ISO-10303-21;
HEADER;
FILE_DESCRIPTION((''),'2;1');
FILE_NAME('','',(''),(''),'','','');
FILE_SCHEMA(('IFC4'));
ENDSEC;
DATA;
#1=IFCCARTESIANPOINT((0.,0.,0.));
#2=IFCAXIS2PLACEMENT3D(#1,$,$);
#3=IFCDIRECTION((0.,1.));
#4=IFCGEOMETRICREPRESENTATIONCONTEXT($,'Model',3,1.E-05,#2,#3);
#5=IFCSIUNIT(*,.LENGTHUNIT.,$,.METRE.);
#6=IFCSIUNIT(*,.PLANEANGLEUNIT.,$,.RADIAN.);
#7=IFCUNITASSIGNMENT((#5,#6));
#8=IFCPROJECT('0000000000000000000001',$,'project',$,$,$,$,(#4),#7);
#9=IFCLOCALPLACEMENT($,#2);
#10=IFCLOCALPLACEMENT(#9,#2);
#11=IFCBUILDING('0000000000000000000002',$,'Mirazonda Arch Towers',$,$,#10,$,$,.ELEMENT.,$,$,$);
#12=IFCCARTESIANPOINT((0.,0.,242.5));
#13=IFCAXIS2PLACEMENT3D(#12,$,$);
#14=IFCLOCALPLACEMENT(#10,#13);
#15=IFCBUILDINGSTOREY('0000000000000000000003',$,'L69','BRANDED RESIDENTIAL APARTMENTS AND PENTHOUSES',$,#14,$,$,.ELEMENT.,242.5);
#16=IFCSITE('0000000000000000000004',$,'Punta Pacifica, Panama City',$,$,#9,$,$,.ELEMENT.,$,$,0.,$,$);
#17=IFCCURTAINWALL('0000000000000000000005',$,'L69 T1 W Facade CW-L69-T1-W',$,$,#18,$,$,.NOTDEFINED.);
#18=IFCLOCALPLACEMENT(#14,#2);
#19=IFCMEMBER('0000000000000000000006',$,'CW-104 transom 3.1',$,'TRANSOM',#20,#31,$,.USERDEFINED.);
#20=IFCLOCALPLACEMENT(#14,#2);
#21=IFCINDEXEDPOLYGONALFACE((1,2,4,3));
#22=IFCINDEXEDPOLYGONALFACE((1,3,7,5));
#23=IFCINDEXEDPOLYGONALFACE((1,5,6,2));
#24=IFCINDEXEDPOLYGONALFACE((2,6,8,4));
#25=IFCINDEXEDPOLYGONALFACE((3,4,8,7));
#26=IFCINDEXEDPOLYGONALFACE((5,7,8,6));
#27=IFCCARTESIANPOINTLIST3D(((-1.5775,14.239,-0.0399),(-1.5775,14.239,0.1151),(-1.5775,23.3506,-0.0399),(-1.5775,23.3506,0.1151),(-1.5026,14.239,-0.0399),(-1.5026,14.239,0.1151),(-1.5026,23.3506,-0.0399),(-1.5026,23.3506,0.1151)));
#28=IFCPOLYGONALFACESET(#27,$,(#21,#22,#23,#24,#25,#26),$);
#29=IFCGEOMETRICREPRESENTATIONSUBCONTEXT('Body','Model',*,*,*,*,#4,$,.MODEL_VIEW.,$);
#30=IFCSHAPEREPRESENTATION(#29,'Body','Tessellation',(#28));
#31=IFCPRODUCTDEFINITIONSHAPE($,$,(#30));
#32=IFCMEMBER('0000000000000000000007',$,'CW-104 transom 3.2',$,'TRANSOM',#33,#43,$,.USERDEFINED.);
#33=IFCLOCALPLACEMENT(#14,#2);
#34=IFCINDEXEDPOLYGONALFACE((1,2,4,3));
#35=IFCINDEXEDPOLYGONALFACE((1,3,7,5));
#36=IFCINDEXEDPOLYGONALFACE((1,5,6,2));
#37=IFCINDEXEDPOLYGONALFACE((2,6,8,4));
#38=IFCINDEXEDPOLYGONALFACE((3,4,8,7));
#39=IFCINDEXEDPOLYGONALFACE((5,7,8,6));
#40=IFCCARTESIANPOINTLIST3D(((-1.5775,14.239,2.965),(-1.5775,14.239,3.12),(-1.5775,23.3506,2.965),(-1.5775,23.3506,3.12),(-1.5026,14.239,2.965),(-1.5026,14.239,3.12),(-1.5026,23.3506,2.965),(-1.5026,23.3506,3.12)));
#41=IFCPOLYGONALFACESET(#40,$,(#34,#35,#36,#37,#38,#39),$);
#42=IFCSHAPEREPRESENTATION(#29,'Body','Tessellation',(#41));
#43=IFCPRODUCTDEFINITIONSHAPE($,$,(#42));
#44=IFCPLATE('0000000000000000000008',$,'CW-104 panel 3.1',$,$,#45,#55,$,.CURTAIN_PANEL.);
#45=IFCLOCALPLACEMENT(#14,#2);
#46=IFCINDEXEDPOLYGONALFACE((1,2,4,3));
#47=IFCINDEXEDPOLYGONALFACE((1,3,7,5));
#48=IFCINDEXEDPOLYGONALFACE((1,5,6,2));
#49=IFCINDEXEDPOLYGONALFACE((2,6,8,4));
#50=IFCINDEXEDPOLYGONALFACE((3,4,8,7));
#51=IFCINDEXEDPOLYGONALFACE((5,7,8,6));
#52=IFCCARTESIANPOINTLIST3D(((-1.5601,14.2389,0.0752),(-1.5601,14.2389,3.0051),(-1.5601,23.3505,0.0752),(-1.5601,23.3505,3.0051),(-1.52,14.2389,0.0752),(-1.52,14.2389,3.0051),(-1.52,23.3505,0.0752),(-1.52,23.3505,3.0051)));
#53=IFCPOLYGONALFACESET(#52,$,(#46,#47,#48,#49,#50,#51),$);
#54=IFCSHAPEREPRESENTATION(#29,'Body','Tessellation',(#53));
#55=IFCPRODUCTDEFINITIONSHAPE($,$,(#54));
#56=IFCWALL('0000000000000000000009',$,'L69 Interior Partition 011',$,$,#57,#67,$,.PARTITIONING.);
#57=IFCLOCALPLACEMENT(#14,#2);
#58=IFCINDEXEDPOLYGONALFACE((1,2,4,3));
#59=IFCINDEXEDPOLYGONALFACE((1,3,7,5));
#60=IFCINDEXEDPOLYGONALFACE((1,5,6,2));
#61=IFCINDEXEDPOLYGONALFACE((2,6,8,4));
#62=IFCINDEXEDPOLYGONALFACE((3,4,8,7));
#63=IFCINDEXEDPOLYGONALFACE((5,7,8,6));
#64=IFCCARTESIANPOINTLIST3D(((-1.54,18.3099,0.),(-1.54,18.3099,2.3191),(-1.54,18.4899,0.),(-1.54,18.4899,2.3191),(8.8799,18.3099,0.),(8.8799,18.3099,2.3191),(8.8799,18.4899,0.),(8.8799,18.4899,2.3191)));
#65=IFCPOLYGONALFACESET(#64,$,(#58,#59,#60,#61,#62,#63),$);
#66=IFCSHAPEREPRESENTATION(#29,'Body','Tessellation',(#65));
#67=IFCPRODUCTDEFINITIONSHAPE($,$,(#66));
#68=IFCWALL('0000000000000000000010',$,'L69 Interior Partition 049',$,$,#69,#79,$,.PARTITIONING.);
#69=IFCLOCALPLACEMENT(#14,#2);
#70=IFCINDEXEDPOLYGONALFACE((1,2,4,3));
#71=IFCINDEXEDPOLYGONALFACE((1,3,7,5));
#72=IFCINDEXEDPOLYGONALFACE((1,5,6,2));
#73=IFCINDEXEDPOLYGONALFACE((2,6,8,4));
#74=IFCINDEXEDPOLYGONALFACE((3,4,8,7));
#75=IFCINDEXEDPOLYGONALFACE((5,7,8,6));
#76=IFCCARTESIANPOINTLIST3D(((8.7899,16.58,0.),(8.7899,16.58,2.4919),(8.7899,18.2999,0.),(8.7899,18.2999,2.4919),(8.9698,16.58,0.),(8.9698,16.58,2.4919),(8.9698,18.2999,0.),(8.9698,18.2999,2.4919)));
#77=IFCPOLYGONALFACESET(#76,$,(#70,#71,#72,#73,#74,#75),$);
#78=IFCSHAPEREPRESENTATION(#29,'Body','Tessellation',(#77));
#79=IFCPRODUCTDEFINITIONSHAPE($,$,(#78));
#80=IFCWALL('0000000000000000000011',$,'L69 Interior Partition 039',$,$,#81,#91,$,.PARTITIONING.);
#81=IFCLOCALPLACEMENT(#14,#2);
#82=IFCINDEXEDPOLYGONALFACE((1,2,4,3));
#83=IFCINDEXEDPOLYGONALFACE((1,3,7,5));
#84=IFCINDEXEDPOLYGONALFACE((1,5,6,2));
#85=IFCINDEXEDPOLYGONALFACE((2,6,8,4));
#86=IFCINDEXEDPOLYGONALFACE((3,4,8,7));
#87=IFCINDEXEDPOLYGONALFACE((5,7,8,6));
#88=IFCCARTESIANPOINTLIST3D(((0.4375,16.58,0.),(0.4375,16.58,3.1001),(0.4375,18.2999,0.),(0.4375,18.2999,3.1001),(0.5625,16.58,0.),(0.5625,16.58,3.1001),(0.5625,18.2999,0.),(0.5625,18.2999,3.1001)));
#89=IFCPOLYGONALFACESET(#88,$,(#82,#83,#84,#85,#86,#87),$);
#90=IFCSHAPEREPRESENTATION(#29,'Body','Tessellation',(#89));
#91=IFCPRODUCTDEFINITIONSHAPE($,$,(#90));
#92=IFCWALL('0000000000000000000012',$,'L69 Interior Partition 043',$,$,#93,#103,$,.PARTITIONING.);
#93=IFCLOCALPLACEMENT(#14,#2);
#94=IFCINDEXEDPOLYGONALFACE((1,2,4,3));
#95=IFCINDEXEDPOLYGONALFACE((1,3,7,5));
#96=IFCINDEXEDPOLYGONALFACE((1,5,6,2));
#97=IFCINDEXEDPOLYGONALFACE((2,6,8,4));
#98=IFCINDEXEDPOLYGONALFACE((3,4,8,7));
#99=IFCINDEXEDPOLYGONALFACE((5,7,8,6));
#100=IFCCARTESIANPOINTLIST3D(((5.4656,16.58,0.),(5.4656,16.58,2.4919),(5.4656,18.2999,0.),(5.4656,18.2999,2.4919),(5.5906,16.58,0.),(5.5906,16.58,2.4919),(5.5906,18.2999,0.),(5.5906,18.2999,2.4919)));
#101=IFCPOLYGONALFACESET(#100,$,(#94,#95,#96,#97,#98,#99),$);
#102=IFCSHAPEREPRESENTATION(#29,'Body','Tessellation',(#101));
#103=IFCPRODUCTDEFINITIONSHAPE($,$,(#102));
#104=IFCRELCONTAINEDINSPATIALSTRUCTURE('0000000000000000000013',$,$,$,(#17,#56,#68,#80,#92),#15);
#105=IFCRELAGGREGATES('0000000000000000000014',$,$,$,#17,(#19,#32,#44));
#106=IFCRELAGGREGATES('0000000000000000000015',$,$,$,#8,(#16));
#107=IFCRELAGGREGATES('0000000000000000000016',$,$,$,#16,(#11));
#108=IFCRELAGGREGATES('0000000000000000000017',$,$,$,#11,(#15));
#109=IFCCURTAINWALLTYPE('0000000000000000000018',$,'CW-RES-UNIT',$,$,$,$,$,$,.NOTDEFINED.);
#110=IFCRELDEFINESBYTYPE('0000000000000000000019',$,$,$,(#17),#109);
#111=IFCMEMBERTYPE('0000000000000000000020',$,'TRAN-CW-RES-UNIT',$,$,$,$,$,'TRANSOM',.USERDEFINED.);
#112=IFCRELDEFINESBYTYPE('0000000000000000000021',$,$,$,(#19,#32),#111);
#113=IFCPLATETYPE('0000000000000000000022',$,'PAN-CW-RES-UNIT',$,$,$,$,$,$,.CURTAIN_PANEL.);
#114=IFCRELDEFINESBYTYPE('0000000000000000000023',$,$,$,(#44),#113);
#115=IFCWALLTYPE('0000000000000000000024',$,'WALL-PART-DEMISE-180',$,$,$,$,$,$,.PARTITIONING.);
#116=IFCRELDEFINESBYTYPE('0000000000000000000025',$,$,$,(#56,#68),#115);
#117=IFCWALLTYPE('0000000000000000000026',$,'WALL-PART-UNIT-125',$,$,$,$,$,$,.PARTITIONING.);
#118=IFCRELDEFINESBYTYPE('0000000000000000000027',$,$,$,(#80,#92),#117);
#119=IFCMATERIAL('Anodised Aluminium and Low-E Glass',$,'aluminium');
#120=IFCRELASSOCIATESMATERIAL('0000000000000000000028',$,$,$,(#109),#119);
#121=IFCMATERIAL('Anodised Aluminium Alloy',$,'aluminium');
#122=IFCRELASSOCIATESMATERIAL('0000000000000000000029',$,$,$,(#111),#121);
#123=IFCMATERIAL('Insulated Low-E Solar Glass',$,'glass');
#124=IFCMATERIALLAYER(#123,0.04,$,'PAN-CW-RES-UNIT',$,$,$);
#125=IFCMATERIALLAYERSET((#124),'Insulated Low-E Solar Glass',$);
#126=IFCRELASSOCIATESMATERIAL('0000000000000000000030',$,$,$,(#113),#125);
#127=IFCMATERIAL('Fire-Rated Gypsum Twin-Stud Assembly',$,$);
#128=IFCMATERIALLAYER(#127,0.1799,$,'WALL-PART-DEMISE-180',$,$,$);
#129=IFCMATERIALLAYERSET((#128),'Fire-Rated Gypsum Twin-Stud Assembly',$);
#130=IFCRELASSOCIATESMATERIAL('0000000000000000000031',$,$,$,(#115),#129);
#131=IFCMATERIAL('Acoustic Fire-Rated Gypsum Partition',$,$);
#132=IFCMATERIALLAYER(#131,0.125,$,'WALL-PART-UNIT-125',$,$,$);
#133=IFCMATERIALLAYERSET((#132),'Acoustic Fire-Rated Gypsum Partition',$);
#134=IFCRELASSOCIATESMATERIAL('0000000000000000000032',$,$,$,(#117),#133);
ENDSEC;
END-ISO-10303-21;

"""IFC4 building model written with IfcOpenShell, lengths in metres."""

from ifc_helpers import new_model, si_unit, direction, frame, frame_2d, origin, origin_2d, place, context, subcontext, project, spatial, rectangle, extrude, material, layer, layer_set, material_profile, profile_set, type_object, element, aggregate, save


model = new_model("IFC4")

# Units and contexts
model_context = context("Model", 3, precision=1e-05, world=origin(), true_north=direction((0.0, 1.0)))
body_context = subcontext(model_context, "Body", "Model", "MODEL_VIEW")
ifc_project = project(units=[si_unit("LENGTHUNIT", "METRE"), si_unit("PLANEANGLEUNIT", "RADIAN")], contexts=[model_context])

# Site, building, storey
site_placement = place(None, origin())
site = spatial("IfcSite", under=ifc_project, at=site_placement, Name="Punta Pacifica, Panama City", CompositionType="ELEMENT", RefElevation=0.0)
building_placement = place(site_placement, origin())
building = spatial("IfcBuilding", under=site, at=building_placement, Name="Mirazonda Arch Towers", CompositionType="ELEMENT")
storey_placement = place(building_placement, frame((0.0, 0.0, 242.5)))
storey = spatial("IfcBuildingStorey", under=building, at=storey_placement, Name="L69", Description="BRANDED RESIDENTIAL APARTMENTS AND PENTHOUSES", CompositionType="ELEMENT", Elevation=242.5)

# Curtain wall, members, plate
ifc_material_1 = material(Name="Anodised Aluminium and Low-E Glass", Category="aluminium")
curtain_wall_type = type_object("IfcCurtainWallType", Name="CW-RES-UNIT", PredefinedType="NOTDEFINED", material=ifc_material_1)
curtain_wall_placement = place(storey_placement, origin())
curtain_wall = element("IfcCurtainWall", 1, at=curtain_wall_placement, inside=storey, type_object=curtain_wall_type, Name="L69 T1 W Facade CW-L69-T1-W", PredefinedType="NOTDEFINED")
ifc_material_2 = material(Name="Anodised Aluminium Alloy", Category="aluminium")
ifc_material_profile_1 = material_profile(ifc_material_2, rectangle(XDim=0.075, YDim=0.155, at=origin_2d()), Name="ALU-TRAN-75x155")
ifc_profile_set_1 = profile_set([ifc_material_profile_1], Name="Anodised Aluminium Alloy")
member_type_1 = type_object("IfcMemberType", Name="TRAN-CW-RES-UNIT", ElementType="TRANSOM", PredefinedType="USERDEFINED", material=ifc_profile_set_1)
member_1_placement = place(storey_placement, frame((-1.54, 23.3506, 0.0376), z_axis=(0.0, -1.0, 0.0), x_axis=(1.0, 0.0, 0.0)))
member_1 = element("IfcMember", 2, at=member_1_placement, type_object=member_type_1, Name="CW-104 transom 3.1", ObjectType="TRANSOM", PredefinedType="USERDEFINED", context=body_context, shape_type="SweptSolid", body=[
    extrude(rectangle(XDim=0.075, YDim=0.155, at=origin_2d()), origin(), (0.0, 0.0, 1.0), 9.1116),
])
member_2_placement = place(storey_placement, frame((-1.54, 23.3506, 3.0425), z_axis=(0.0, -1.0, 0.0), x_axis=(1.0, 0.0, 0.0)))
member_2 = element("IfcMember", 3, at=member_2_placement, type_object=member_type_1, Name="CW-104 transom 3.2", ObjectType="TRANSOM", PredefinedType="USERDEFINED", context=body_context, shape_type="SweptSolid", body=[
    extrude(rectangle(XDim=0.075, YDim=0.155, at=origin_2d()), origin(), (0.0, 0.0, 1.0), 9.1116),
])
ifc_material_3 = material(Name="Insulated Low-E Solar Glass", Category="glass")
ifc_layer_1 = layer(ifc_material_3, 0.04, Name="PAN-CW-RES-UNIT")
ifc_layer_set_1 = layer_set([ifc_layer_1], Name="Insulated Low-E Solar Glass")
plate_type = type_object("IfcPlateType", Name="PAN-CW-RES-UNIT", PredefinedType="CURTAIN_PANEL", material=ifc_layer_set_1)
plate_placement = place(storey_placement, frame((-1.54, 18.7947, 0.0752), z_axis=(0.0, 0.0, 1.0), x_axis=(0.0, -1.0, 0.0)))
plate = element("IfcPlate", 4, at=plate_placement, type_object=plate_type, Name="CW-104 panel 3.1", PredefinedType="CURTAIN_PANEL", context=body_context, shape_type="SweptSolid", body=[
    extrude(rectangle(XDim=9.1116, YDim=0.04, at=origin_2d()), origin(), (0.0, 0.0, 1.0), 2.9299),
])
aggregate(curtain_wall, [member_1, member_2, plate])

# Shared definitions
ifc_material_4 = material(Name="Fire-Rated Gypsum Twin-Stud Assembly")
ifc_layer_2 = layer(ifc_material_4, 0.1799, Name="WALL-PART-DEMISE-180")
ifc_layer_set_2 = layer_set([ifc_layer_2], Name="Fire-Rated Gypsum Twin-Stud Assembly")
wall_type_1 = type_object("IfcWallType", Name="WALL-PART-DEMISE-180", PredefinedType="PARTITIONING", material=ifc_layer_set_2)

# Walls
wall_1_placement = place(storey_placement, frame((-1.54, 18.3999, 0.0), z_axis=(0.0, 0.0, 1.0), x_axis=(1.0, 0.0, 0.0)))
element("IfcWall", 5, at=wall_1_placement, inside=storey, type_object=wall_type_1, Name="L69 Interior Partition 011", PredefinedType="PARTITIONING", context=body_context, shape_type="SweptSolid", body=[
    extrude(rectangle(XDim=10.4199, YDim=0.1799, at=frame_2d((5.21, 0.0))), origin(), (0.0, 0.0, 1.0), 2.3191),
])
wall_2_placement = place(storey_placement, frame((8.8799, 16.5801, 0.0), z_axis=(0.0, 0.0, 1.0), x_axis=(0.0, 1.0, 0.0)))
element("IfcWall", 6, at=wall_2_placement, inside=storey, type_object=wall_type_1, Name="L69 Interior Partition 049", PredefinedType="PARTITIONING", context=body_context, shape_type="SweptSolid", body=[
    extrude(rectangle(XDim=1.72, YDim=0.1799, at=frame_2d((0.8599, 0.0))), origin(), (0.0, 0.0, 1.0), 2.4919),
])
ifc_material_5 = material(Name="Acoustic Fire-Rated Gypsum Partition")
ifc_layer_3 = layer(ifc_material_5, 0.125, Name="WALL-PART-UNIT-125")
ifc_layer_set_3 = layer_set([ifc_layer_3], Name="Acoustic Fire-Rated Gypsum Partition")
wall_type_2 = type_object("IfcWallType", Name="WALL-PART-UNIT-125", PredefinedType="PARTITIONING", material=ifc_layer_set_3)
wall_3_placement = place(storey_placement, frame((0.5, 16.5801, 0.0), z_axis=(0.0, 0.0, 1.0), x_axis=(0.0, 1.0, 0.0)))
element("IfcWall", 7, at=wall_3_placement, inside=storey, type_object=wall_type_2, Name="L69 Interior Partition 039", PredefinedType="PARTITIONING", context=body_context, shape_type="SweptSolid", body=[
    extrude(rectangle(XDim=1.72, YDim=0.125, at=frame_2d((0.8599, 0.0))), origin(), (0.0, 0.0, 1.0), 3.1001),
])
wall_4_placement = place(storey_placement, frame((5.5281, 16.5801, 0.0), z_axis=(0.0, 0.0, 1.0), x_axis=(0.0, 1.0, 0.0)))
element("IfcWall", 8, at=wall_4_placement, inside=storey, type_object=wall_type_2, Name="L69 Interior Partition 043", PredefinedType="PARTITIONING", context=body_context, shape_type="SweptSolid", body=[
    extrude(rectangle(XDim=1.72, YDim=0.125, at=frame_2d((0.8599, 0.0))), origin(), (0.0, 0.0, 1.0), 2.4919),
])

save(model, "model.ifc")
